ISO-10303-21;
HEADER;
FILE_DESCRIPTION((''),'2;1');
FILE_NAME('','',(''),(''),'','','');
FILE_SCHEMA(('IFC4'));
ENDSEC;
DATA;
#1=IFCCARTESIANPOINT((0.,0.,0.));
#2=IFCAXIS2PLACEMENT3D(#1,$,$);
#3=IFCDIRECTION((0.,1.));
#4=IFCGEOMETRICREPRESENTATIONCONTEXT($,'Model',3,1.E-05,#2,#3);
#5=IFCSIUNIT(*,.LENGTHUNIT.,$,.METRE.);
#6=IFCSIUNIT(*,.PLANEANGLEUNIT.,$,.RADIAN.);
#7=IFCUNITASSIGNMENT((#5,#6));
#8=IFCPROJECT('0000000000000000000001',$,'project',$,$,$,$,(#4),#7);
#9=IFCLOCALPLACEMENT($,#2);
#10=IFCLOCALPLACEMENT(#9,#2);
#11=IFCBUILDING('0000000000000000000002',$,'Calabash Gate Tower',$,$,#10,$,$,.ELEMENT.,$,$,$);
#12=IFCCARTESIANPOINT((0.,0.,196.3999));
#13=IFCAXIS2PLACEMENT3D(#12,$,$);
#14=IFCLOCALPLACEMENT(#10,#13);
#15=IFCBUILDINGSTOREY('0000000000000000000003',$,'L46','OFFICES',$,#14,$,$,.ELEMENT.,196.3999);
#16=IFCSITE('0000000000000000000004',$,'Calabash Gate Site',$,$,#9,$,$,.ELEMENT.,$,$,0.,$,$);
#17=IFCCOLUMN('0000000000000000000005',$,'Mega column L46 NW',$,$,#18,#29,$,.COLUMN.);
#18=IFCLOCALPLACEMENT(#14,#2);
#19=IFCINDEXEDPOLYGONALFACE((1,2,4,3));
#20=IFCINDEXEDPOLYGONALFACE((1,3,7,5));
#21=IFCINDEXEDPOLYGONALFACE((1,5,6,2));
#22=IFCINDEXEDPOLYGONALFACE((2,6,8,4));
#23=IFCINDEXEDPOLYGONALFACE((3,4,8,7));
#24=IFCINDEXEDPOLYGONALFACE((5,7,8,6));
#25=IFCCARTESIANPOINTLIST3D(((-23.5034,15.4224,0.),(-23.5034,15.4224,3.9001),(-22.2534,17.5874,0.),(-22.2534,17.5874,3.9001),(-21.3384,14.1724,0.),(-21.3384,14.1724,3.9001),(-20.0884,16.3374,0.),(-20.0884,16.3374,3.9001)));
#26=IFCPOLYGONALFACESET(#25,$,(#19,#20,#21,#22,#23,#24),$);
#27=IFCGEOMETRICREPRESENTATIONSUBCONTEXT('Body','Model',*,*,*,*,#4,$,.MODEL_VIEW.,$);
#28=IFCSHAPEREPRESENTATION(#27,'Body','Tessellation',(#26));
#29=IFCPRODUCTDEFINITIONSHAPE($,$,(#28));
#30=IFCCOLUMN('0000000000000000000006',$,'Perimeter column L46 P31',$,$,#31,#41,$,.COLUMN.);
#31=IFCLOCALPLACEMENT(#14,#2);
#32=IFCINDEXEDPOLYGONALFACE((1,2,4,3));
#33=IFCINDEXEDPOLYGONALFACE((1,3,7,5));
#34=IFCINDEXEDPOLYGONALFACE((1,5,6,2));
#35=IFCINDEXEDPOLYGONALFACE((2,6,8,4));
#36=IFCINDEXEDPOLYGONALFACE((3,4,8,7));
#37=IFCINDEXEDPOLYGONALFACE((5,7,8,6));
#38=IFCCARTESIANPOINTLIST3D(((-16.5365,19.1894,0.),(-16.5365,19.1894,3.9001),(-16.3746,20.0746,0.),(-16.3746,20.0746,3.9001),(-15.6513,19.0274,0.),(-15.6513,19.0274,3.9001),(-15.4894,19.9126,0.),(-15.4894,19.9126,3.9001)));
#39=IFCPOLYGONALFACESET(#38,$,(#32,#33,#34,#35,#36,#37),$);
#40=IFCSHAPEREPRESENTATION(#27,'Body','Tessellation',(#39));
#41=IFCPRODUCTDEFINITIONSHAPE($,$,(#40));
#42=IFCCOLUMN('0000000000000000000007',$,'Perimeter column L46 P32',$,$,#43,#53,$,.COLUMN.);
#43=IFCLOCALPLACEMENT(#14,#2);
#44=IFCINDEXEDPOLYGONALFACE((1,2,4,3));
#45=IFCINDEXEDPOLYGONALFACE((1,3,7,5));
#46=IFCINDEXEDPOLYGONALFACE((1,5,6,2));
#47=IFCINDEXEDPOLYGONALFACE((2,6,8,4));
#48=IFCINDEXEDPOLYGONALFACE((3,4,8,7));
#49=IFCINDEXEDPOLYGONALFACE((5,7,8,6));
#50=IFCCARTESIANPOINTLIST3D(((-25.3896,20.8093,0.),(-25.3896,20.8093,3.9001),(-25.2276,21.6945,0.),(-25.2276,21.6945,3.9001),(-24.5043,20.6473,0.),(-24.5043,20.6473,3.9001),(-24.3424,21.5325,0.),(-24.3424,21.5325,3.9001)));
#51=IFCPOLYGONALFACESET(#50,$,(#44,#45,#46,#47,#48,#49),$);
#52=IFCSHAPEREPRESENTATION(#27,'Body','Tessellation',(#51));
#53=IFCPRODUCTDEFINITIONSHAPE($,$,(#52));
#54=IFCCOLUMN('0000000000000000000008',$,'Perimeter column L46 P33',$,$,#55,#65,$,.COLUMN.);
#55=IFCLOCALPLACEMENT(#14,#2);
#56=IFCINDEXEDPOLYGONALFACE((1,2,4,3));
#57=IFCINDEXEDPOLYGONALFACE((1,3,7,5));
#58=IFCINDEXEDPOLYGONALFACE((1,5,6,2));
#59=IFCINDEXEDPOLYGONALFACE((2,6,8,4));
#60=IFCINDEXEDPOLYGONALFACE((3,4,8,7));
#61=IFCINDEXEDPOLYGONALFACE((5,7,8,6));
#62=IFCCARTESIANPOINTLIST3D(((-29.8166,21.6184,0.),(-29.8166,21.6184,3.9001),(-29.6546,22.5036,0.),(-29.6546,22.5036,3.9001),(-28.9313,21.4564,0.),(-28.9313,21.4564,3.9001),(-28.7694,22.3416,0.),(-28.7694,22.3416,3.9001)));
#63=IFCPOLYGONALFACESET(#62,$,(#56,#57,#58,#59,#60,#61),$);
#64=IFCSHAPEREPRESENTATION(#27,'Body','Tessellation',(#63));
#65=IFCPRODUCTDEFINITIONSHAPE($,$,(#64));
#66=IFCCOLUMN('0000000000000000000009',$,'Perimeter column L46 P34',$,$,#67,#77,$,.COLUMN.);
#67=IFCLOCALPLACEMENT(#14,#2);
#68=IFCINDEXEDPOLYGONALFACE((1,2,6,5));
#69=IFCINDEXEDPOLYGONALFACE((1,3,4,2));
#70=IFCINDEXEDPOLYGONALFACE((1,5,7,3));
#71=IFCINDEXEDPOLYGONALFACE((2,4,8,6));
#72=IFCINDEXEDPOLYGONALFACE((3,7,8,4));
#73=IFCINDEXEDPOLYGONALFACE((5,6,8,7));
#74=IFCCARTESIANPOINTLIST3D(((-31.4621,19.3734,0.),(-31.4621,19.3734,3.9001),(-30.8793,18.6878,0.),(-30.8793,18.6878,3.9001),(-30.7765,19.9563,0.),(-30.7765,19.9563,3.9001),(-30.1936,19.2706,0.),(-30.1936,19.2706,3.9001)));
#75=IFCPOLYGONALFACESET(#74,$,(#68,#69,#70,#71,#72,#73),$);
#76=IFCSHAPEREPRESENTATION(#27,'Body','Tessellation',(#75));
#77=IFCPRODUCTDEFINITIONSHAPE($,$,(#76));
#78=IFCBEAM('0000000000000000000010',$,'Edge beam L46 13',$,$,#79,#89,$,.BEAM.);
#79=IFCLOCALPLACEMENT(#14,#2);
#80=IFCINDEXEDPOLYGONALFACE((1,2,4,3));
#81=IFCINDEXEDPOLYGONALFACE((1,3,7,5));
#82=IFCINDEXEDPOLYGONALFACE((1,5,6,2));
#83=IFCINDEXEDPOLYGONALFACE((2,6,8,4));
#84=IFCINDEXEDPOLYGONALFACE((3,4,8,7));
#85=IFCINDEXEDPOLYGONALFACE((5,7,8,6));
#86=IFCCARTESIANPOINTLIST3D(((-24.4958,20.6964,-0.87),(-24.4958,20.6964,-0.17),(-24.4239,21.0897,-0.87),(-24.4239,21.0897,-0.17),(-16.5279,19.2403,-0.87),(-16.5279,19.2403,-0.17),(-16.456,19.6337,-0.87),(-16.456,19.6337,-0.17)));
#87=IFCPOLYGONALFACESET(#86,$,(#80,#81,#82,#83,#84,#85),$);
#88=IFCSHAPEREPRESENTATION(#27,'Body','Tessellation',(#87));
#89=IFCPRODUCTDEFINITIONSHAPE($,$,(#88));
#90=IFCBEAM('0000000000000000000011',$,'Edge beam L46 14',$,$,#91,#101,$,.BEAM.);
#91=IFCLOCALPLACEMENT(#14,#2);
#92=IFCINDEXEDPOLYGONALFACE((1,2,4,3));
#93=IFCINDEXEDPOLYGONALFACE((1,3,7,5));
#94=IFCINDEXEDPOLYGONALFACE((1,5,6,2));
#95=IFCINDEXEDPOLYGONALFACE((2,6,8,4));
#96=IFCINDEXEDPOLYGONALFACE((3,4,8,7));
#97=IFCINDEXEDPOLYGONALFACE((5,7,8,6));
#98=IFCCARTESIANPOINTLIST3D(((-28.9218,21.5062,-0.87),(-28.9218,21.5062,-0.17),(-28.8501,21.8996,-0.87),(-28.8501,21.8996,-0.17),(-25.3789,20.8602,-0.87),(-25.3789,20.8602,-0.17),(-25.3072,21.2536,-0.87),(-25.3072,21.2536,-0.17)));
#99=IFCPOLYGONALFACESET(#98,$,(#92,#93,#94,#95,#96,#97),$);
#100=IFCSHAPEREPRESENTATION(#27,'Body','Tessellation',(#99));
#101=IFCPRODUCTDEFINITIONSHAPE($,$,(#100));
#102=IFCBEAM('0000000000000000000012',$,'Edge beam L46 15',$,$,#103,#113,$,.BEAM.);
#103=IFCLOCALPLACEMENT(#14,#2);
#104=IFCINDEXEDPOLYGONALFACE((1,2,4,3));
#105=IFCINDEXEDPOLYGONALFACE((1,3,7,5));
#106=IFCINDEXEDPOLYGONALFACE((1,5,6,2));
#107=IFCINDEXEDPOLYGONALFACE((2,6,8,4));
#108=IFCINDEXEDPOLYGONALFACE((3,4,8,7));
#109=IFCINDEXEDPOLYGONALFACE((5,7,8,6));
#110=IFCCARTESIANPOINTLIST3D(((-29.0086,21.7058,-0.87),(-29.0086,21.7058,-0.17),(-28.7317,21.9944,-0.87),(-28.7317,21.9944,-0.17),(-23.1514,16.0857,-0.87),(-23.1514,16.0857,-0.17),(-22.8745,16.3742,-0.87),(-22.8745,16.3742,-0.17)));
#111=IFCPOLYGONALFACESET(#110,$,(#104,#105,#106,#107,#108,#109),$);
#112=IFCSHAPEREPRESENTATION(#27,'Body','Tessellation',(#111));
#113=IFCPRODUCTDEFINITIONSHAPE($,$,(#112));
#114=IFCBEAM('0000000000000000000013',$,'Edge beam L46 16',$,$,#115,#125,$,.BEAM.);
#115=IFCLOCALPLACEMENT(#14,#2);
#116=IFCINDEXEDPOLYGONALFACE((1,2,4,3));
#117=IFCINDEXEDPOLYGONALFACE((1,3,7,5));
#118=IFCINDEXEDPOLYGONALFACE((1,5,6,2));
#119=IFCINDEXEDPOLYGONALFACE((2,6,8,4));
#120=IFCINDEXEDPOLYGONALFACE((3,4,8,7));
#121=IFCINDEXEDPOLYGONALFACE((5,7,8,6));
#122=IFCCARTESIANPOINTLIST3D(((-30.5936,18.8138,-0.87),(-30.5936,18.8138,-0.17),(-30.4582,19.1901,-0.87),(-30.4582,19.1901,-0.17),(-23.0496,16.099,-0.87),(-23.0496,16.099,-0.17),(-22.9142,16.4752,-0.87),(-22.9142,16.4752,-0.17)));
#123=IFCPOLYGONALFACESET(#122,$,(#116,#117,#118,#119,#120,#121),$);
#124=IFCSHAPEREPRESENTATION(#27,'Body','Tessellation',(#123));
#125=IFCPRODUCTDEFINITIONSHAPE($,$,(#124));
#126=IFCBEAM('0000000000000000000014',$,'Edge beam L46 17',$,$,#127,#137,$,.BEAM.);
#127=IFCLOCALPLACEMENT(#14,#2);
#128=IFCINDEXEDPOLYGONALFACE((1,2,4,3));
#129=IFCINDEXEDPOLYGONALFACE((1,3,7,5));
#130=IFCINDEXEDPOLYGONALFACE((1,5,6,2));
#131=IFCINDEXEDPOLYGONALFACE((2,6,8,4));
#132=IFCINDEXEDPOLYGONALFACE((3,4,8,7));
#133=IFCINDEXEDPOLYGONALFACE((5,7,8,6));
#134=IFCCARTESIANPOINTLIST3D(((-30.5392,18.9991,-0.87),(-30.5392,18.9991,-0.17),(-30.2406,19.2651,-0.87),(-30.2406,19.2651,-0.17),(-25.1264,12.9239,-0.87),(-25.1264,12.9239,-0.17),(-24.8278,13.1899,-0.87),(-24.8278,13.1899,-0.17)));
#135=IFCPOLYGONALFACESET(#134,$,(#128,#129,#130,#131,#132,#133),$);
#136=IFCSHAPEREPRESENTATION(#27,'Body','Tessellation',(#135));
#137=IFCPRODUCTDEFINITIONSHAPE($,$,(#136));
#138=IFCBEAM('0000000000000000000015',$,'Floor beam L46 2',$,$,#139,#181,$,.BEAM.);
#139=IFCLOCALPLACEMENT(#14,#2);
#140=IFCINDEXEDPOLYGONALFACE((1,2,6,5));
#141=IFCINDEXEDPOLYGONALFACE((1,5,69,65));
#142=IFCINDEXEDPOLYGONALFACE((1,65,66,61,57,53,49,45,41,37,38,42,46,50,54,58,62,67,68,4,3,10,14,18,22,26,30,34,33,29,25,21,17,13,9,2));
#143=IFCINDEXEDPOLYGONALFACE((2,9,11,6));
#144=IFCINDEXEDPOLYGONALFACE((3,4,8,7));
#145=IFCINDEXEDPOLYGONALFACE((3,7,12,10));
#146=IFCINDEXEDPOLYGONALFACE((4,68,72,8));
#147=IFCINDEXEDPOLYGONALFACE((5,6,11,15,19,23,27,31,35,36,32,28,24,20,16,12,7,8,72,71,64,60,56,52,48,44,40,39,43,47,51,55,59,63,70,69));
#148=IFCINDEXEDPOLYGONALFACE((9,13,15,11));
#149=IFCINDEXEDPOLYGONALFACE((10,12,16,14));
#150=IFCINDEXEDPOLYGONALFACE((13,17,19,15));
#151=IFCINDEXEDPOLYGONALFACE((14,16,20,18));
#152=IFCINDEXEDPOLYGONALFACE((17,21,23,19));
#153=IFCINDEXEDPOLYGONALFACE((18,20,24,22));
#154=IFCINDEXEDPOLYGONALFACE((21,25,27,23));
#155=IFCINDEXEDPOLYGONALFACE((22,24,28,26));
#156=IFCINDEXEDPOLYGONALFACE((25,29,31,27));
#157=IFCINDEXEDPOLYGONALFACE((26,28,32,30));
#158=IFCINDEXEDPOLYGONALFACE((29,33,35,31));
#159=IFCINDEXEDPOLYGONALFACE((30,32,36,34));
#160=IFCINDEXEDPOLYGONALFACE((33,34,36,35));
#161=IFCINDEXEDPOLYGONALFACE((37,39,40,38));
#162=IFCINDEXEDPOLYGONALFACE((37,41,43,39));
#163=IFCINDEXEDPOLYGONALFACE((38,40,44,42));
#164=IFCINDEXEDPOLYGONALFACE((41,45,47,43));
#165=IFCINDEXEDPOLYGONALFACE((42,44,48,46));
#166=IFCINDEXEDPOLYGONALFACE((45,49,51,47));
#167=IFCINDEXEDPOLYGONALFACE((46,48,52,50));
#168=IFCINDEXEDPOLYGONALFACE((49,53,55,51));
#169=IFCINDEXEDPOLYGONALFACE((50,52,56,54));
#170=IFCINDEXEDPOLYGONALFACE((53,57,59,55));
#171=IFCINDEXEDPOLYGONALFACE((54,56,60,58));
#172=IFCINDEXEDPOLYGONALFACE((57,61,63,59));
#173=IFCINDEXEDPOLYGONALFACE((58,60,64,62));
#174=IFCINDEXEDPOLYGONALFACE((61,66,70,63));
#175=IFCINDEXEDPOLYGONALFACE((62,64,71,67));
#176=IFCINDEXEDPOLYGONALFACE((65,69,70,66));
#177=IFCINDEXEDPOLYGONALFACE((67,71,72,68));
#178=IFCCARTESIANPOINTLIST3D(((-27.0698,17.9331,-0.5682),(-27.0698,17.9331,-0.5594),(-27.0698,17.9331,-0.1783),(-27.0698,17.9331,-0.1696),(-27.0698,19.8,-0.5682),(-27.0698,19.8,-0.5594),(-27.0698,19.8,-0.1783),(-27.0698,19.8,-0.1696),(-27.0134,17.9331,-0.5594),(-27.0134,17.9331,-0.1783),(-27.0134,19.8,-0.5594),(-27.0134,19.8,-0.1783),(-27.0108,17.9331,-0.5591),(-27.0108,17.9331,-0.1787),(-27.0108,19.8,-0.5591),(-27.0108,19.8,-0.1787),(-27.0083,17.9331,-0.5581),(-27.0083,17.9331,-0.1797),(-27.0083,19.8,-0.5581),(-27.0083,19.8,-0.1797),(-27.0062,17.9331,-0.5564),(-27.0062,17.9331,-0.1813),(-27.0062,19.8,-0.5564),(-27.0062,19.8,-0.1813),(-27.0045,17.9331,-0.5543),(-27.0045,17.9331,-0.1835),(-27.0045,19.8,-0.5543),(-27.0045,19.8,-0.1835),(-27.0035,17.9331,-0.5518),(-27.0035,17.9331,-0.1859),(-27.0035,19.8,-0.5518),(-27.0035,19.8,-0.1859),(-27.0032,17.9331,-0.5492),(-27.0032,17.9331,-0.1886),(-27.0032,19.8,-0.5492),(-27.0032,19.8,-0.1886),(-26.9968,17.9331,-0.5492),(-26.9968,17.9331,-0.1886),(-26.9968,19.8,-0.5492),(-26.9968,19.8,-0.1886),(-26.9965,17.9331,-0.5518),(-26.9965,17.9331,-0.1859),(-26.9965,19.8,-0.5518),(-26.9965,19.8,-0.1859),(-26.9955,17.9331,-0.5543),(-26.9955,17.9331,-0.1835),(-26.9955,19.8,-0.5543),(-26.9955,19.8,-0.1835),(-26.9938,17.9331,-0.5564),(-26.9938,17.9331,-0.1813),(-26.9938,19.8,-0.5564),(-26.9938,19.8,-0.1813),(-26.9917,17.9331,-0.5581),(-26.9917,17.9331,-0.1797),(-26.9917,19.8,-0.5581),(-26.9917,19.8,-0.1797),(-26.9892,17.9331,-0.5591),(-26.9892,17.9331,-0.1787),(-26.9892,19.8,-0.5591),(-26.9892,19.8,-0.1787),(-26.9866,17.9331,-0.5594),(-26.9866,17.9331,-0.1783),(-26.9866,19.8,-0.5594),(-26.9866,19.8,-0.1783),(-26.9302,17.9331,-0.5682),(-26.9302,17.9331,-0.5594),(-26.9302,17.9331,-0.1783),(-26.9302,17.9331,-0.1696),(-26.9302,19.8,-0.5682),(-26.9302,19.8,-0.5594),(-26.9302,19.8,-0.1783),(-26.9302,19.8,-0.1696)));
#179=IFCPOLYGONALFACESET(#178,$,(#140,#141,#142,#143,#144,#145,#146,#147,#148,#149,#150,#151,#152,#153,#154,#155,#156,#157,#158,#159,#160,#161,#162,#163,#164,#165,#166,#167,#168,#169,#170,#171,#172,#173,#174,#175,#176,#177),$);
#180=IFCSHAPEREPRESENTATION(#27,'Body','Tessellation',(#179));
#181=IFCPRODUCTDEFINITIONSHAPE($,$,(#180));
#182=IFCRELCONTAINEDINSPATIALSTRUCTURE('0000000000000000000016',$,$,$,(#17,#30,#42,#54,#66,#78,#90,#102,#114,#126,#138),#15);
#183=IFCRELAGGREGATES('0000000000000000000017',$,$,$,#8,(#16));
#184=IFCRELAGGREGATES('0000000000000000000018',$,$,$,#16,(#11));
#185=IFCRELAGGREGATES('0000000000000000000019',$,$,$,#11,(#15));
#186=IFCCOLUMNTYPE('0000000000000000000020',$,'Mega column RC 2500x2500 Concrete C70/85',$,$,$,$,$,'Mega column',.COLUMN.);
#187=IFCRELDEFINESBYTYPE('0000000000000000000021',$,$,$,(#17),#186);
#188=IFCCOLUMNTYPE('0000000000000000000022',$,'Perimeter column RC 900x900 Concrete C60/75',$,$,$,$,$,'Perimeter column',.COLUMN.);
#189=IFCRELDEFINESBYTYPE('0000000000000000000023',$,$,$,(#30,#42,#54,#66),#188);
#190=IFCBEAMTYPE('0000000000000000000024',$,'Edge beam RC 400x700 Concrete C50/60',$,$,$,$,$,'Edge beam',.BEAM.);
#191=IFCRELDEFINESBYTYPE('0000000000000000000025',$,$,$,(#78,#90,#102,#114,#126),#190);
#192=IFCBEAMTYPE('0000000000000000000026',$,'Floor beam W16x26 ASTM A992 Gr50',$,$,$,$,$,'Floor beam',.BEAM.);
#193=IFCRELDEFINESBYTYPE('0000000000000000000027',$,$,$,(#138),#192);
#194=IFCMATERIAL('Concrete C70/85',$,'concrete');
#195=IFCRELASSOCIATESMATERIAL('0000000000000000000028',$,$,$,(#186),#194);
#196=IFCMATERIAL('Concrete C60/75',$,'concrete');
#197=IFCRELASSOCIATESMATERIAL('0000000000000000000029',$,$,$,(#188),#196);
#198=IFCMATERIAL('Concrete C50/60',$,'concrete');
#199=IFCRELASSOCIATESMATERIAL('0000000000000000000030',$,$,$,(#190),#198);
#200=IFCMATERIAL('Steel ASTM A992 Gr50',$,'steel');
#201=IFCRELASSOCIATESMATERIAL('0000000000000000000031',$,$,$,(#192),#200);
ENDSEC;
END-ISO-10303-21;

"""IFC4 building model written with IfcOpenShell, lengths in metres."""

from ifc_helpers import new_model, si_unit, direction, frame, origin, origin_2d, place, context, subcontext, project, spatial, rectangle, i_section, extrude, material, material_profile, profile_set, type_object, element, save


model = new_model("IFC4")

# Units and contexts
model_context = context("Model", 3, precision=1e-05, world=origin(), true_north=direction((0.0, 1.0)))
body_context = subcontext(model_context, "Body", "Model", "MODEL_VIEW")
ifc_project = project(units=[si_unit("LENGTHUNIT", "METRE"), si_unit("PLANEANGLEUNIT", "RADIAN")], contexts=[model_context])

# Site, building, storey
site_placement = place(None, origin())
site = spatial("IfcSite", under=ifc_project, at=site_placement, Name="Calabash Gate Site", CompositionType="ELEMENT", RefElevation=0.0)
building_placement = place(site_placement, origin())
building = spatial("IfcBuilding", under=site, at=building_placement, Name="Calabash Gate Tower", CompositionType="ELEMENT")
storey_placement = place(building_placement, frame((0.0, 0.0, 196.3999)))
storey = spatial("IfcBuildingStorey", under=building, at=storey_placement, Name="L46", Description="OFFICES", CompositionType="ELEMENT", Elevation=196.3999)

# Columns
ifc_material_1 = material(Name="Concrete C70/85", Category="concrete")
ifc_material_profile_1 = material_profile(ifc_material_1, rectangle(XDim=2.5, YDim=2.5, at=origin_2d()))
ifc_profile_set_1 = profile_set([ifc_material_profile_1], Name="Concrete C70/85")
column_type_1 = type_object("IfcColumnType", Name="Mega column RC 2500x2500 Concrete C70/85", ElementType="Mega column", PredefinedType="COLUMN", material=ifc_profile_set_1)
column_placement = place(storey_placement, frame((-21.7959, 15.8799, 0.0), z_axis=(0.0, 0.0, 1.0), x_axis=(0.866025, -0.5, 0.0)))
element("IfcColumn", 1, at=column_placement, inside=storey, type_object=column_type_1, Name="Mega column L46 NW", PredefinedType="COLUMN", context=body_context, shape_type="SweptSolid", body=[
    extrude(rectangle(XDim=2.5, YDim=2.5, at=origin_2d()), origin(), (0.0, 0.0, 1.0), 3.9001),
])
ifc_material_2 = material(Name="Concrete C60/75", Category="concrete")
ifc_material_profile_2 = material_profile(ifc_material_2, rectangle(XDim=0.8999, YDim=0.8999, at=origin_2d()))
ifc_profile_set_2 = profile_set([ifc_material_profile_2], Name="Concrete C60/75")
column_type_2 = type_object("IfcColumnType", Name="Perimeter column RC 900x900 Concrete C60/75", ElementType="Perimeter column", PredefinedType="COLUMN", material=ifc_profile_set_2)
for number, where, z_axis, x_axis, name in (
    (2, (-16.0129, 19.551, 0.0), (0.0, 0.0, 1.0), (-0.98367, 0.179982, 0.0), "Perimeter column L46 P31"),
    (3, (-24.866, 21.1709, 0.0), (0.0, 0.0, 1.0), (-0.98367, 0.179982, 0.0), "Perimeter column L46 P32"),
    (4, (-29.293, 21.98, 0.0), (0.0, 0.0, 1.0), (-0.98367, 0.179982, 0.0), "Perimeter column L46 P33"),
    (5, (-30.8279, 19.322, 0.0), (0.0, 0.0, 1.0), (0.647704, -0.761892, 0.0), "Perimeter column L46 P34"),
):
    element("IfcColumn", number, at=place(storey_placement, frame(where, z_axis=z_axis, x_axis=x_axis)), inside=storey, type_object=column_type_2, Name=name, PredefinedType="COLUMN", context=body_context, shape_type="SweptSolid", body=[
        extrude(rectangle(XDim=0.8999, YDim=0.8999, at=origin_2d()), origin(), (0.0, 0.0, 1.0), 3.9001),
    ])

# Beams
ifc_material_3 = material(Name="Concrete C50/60", Category="concrete")
ifc_material_profile_3 = material_profile(ifc_material_3, rectangle(XDim=0.3999, YDim=0.7, at=origin_2d()))
ifc_profile_set_3 = profile_set([ifc_material_profile_3], Name="Concrete C50/60")
beam_type_1 = type_object("IfcBeamType", Name="Edge beam RC 400x700 Concrete C50/60", ElementType="Edge beam", PredefinedType="BEAM", material=ifc_profile_set_3)
beam_1_placement = place(storey_placement, frame((-16.4919, 19.437, -0.52), z_axis=(-0.98371, 0.179761, 0.0), x_axis=(-0.179761, -0.98371, 0.0)))
element("IfcBeam", 6, at=beam_1_placement, inside=storey, type_object=beam_type_1, Name="Edge beam L46 13", PredefinedType="BEAM", context=body_context, shape_type="SweptSolid", body=[
    extrude(rectangle(XDim=0.3999, YDim=0.7, at=origin_2d()), origin(), (0.0, 0.0, 1.0), 8.0999),
])
beam_2_placement = place(storey_placement, frame((-25.343, 21.0569, -0.52), z_axis=(-0.983781, 0.179375, 0.0), x_axis=(-0.179375, -0.983781, 0.0)))
element("IfcBeam", 7, at=beam_2_placement, inside=storey, type_object=beam_type_1, Name="Edge beam L46 14", PredefinedType="BEAM", context=body_context, shape_type="SweptSolid", body=[
    extrude(rectangle(XDim=0.3999, YDim=0.7, at=origin_2d()), origin(), (0.0, 0.0, 1.0), 3.6013),
])
beam_3_placement = place(storey_placement, frame((-28.8701, 21.8501, -0.52), z_axis=(0.721558, -0.692354, 0.0), x_axis=(0.692354, 0.721558, 0.0)))
element("IfcBeam", 8, at=beam_3_placement, inside=storey, type_object=beam_type_1, Name="Edge beam L46 15", PredefinedType="BEAM", context=body_context, shape_type="SweptSolid", body=[
    extrude(rectangle(XDim=0.3999, YDim=0.7, at=origin_2d()), origin(), (0.0, 0.0, 1.0), 8.1174),
])
beam_4_placement = place(storey_placement, frame((-22.9819, 16.2871, -0.52), z_axis=(-0.940926, 0.338612, 0.0), x_axis=(-0.338612, -0.940926, 0.0)))
element("IfcBeam", 9, at=beam_4_placement, inside=storey, type_object=beam_type_1, Name="Edge beam L46 16", PredefinedType="BEAM", context=body_context, shape_type="SweptSolid", body=[
    extrude(rectangle(XDim=0.3999, YDim=0.7, at=origin_2d()), origin(), (0.0, 0.0, 1.0), 8.0176),
])
beam_5_placement = place(storey_placement, frame((-30.3899, 19.1321, -0.52), z_axis=(0.665233, -0.746636, 0.0), x_axis=(0.746636, 0.665233, 0.0)))
element("IfcBeam", 10, at=beam_5_placement, inside=storey, type_object=beam_type_1, Name="Edge beam L46 17", PredefinedType="BEAM", context=body_context, shape_type="SweptSolid", body=[
    extrude(rectangle(XDim=0.3999, YDim=0.7, at=origin_2d()), origin(), (0.0, 0.0, 1.0), 8.1367),
])
ifc_material_4 = material(Name="Steel ASTM A992 Gr50", Category="steel")
ifc_material_profile_4 = material_profile(ifc_material_4, i_section(OverallWidth=0.1396, OverallDepth=0.3987, WebThickness=0.0063, FlangeThickness=0.0088, FilletRadius=0.0103, at=origin_2d()))
ifc_profile_set_4 = profile_set([ifc_material_profile_4], Name="Steel ASTM A992 Gr50")
beam_type_2 = type_object("IfcBeamType", Name="Floor beam W16x26 ASTM A992 Gr50", ElementType="Floor beam", PredefinedType="BEAM", material=ifc_profile_set_4)
beam_6_placement = place(storey_placement, frame((-27.0, 17.9331, -0.3689), z_axis=(0.0, 1.0, 0.0), x_axis=(-1.0, 0.0, 0.0)))
element("IfcBeam", 11, at=beam_6_placement, inside=storey, type_object=beam_type_2, Name="Floor beam L46 2", PredefinedType="BEAM", context=body_context, shape_type="SweptSolid", body=[
    extrude(i_section(OverallWidth=0.1396, OverallDepth=0.3987, WebThickness=0.0063, FlangeThickness=0.0088, FilletRadius=0.0103, at=origin_2d()), origin(), (0.0, 0.0, 1.0), 1.8669),
])

save(model, "model.ifc")
